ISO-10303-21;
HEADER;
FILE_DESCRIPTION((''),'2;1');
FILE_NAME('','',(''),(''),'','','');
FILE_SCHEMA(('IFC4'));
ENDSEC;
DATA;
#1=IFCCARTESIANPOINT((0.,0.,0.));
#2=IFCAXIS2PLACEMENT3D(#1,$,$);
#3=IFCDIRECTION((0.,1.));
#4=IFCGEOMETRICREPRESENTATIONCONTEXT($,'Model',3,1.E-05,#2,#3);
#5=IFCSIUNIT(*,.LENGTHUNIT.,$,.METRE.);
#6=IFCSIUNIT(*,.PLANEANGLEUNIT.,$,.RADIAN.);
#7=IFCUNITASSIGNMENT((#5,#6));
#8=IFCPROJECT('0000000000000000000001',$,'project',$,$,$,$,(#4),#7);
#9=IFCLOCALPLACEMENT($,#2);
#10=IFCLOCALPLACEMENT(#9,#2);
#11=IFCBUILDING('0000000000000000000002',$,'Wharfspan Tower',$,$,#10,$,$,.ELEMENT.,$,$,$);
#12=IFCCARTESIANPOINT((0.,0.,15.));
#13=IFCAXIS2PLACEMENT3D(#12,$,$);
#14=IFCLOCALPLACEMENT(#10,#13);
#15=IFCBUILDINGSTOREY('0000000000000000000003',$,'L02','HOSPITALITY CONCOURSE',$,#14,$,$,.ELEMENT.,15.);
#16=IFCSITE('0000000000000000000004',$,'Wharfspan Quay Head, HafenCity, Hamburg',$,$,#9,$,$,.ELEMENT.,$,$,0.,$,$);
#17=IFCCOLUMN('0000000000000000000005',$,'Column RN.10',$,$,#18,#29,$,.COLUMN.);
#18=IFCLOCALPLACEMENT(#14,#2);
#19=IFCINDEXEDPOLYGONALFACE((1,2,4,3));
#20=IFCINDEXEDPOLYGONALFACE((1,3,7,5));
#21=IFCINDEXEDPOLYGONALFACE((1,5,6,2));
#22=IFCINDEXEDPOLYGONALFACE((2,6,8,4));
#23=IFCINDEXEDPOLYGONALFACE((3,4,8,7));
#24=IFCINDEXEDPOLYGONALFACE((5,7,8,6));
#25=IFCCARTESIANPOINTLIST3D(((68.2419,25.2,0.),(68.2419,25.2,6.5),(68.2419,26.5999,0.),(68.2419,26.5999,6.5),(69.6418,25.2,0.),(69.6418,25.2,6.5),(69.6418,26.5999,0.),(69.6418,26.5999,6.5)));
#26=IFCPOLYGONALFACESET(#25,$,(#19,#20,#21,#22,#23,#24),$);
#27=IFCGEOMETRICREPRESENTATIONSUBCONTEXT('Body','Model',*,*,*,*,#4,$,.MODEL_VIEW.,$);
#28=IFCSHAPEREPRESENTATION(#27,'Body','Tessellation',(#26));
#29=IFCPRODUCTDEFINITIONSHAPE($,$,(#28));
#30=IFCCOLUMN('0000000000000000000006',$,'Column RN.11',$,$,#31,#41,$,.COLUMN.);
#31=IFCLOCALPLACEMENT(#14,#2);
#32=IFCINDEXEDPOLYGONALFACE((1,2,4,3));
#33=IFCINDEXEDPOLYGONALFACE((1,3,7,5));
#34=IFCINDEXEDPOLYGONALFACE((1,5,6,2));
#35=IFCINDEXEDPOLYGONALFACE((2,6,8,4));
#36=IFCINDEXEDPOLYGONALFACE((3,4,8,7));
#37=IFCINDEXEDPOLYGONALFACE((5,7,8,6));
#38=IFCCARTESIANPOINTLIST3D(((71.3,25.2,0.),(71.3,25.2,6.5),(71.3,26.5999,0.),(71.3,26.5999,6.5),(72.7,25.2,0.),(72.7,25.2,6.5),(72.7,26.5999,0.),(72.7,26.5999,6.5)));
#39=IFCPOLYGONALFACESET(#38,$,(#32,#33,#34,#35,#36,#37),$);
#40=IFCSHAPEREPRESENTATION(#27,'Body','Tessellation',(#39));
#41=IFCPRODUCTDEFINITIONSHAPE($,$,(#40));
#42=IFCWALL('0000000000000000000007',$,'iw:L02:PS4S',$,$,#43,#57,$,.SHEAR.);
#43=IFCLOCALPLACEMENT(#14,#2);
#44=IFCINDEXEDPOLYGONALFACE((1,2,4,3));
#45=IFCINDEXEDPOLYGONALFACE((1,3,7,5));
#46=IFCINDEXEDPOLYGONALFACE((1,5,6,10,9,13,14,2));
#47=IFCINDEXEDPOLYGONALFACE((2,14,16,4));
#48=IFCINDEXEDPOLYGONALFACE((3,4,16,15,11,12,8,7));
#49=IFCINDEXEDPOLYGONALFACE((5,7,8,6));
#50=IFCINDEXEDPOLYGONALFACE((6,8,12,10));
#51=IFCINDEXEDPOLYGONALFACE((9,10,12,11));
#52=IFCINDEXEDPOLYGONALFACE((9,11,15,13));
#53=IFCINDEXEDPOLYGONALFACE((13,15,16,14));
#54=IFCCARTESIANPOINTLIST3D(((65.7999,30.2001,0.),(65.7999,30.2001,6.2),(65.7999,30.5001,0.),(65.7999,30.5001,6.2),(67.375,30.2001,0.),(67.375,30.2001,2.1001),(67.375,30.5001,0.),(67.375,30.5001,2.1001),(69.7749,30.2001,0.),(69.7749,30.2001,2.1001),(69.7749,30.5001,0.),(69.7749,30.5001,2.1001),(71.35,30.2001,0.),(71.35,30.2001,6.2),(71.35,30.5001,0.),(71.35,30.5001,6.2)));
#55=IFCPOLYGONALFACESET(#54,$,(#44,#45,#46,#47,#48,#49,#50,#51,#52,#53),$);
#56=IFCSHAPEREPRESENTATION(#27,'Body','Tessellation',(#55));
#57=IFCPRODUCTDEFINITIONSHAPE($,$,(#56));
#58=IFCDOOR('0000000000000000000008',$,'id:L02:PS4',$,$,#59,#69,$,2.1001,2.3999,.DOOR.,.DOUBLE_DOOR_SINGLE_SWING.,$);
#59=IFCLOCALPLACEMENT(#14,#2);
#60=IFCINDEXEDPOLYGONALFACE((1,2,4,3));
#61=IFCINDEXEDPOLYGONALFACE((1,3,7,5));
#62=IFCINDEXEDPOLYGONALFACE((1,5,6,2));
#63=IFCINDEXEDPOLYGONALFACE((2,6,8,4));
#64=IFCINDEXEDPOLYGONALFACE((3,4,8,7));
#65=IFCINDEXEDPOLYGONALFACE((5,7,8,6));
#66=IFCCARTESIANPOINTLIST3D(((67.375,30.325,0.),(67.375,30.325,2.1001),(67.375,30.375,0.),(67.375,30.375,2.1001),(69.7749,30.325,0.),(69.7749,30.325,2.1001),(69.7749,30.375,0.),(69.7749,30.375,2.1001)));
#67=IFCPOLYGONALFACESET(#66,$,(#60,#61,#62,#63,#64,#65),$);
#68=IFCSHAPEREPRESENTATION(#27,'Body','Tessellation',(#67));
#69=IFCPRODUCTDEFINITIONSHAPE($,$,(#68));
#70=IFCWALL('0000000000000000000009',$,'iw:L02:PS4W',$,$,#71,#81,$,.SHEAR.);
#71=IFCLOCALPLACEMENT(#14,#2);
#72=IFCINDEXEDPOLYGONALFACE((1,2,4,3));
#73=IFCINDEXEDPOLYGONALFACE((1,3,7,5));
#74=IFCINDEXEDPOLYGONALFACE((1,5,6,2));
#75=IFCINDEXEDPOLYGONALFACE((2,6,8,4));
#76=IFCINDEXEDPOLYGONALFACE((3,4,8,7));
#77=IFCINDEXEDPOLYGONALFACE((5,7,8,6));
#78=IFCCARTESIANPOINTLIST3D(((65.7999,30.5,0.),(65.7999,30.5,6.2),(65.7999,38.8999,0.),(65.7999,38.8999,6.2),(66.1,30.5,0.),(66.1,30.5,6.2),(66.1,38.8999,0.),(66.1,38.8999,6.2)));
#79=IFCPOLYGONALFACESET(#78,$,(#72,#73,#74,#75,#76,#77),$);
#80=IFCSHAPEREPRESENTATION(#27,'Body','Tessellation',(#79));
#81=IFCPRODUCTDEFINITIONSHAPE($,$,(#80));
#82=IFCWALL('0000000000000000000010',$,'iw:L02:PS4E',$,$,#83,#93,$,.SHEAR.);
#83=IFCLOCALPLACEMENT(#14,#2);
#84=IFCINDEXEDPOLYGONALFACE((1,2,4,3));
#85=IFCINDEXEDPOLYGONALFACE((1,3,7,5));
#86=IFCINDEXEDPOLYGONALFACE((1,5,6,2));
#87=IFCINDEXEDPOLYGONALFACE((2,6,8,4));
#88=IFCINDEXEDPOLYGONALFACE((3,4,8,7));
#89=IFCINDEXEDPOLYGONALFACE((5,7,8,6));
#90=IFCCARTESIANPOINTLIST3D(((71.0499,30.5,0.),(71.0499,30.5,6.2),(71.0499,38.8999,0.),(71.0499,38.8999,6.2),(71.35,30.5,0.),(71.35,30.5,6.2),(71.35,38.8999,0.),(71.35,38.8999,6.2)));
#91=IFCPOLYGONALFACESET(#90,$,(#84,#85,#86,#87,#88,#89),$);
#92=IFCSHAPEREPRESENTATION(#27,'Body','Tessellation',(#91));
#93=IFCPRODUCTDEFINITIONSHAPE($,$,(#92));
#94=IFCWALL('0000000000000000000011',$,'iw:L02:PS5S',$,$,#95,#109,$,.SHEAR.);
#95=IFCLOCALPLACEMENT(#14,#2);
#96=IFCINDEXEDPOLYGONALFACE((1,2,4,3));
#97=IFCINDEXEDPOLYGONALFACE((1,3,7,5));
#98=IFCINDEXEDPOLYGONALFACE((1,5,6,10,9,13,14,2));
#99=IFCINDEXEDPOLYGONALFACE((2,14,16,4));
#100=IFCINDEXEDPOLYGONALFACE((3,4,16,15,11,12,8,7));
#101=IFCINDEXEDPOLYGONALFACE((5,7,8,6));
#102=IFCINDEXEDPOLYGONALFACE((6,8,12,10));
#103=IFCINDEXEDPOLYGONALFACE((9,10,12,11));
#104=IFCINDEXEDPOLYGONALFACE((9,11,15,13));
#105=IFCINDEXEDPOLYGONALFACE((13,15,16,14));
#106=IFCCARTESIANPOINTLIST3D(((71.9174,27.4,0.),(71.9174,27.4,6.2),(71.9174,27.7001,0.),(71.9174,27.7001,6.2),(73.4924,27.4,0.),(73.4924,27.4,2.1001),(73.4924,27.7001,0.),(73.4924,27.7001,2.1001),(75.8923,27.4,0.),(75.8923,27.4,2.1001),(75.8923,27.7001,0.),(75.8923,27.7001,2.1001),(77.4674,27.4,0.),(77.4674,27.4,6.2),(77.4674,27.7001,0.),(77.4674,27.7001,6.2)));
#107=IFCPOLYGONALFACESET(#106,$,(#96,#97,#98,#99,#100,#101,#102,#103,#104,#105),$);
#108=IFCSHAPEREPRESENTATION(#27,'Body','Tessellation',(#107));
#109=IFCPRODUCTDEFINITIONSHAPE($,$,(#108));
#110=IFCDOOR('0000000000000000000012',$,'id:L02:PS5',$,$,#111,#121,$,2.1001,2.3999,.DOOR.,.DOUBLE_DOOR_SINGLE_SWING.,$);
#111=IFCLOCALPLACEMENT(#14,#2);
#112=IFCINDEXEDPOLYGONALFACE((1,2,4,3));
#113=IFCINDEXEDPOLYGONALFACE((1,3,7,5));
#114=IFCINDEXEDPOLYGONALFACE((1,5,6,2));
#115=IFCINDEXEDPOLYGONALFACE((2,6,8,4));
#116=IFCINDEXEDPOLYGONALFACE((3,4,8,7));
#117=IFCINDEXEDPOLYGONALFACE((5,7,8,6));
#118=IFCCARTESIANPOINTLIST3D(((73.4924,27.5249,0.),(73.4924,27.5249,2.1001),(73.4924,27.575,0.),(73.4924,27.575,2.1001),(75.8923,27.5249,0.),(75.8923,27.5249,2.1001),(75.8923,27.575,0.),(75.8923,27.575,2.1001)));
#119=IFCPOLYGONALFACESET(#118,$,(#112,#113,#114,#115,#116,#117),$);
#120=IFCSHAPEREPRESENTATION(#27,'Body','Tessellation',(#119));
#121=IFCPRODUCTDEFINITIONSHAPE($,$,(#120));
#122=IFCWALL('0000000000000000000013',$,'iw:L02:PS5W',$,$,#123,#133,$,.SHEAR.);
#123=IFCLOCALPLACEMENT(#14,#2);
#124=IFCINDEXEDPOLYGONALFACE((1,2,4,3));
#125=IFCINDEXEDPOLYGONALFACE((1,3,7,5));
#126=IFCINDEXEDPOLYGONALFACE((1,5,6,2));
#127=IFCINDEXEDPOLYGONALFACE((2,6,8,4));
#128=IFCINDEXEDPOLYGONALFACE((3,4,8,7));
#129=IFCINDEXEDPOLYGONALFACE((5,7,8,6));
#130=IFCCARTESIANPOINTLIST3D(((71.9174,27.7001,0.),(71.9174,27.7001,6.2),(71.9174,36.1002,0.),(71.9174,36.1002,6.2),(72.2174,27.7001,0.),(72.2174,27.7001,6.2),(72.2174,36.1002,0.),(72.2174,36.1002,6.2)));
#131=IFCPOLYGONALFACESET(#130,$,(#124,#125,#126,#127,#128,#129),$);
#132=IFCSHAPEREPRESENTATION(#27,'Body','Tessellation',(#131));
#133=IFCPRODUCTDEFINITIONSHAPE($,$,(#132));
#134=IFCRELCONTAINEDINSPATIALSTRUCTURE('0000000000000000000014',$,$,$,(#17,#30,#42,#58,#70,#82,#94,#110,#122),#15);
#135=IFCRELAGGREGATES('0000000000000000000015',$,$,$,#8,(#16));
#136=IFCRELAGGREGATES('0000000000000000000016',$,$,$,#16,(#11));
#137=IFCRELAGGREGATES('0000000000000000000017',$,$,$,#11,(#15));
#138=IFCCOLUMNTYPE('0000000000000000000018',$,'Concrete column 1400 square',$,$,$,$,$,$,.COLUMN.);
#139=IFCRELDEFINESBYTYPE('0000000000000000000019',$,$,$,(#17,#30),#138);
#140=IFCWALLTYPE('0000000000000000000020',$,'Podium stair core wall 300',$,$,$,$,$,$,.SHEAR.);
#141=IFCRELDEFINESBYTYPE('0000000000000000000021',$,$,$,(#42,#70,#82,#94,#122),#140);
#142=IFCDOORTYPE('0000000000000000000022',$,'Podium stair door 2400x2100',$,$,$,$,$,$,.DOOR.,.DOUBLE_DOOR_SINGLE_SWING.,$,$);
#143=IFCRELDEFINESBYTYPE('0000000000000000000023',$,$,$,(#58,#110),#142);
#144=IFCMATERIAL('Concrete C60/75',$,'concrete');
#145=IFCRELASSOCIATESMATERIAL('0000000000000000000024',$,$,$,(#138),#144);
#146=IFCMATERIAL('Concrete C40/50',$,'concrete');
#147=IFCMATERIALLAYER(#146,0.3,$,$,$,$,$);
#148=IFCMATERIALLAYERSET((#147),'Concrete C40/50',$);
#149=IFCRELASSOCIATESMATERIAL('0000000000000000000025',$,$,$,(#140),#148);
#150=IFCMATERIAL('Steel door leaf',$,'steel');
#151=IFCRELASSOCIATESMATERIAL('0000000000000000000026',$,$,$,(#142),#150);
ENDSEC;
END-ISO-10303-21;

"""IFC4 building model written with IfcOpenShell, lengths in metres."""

from ifc_helpers import new_model, si_unit, direction, frame, frame_2d, origin, origin_2d, place, context, subcontext, project, spatial, rectangle, extrude, material, layer, layer_set, material_profile, profile_set, type_object, element, fill, save


model = new_model("IFC4")

# Units and contexts
model_context = context("Model", 3, precision=1e-05, world=origin(), true_north=direction((0.0, 1.0)))
body_context = subcontext(model_context, "Body", "Model", "MODEL_VIEW")
ifc_project = project(units=[si_unit("LENGTHUNIT", "METRE"), si_unit("PLANEANGLEUNIT", "RADIAN")], contexts=[model_context])

# Site, building, storey
site_placement = place(None, origin())
site = spatial("IfcSite", under=ifc_project, at=site_placement, Name="Wharfspan Quay Head, HafenCity, Hamburg", CompositionType="ELEMENT", RefElevation=0.0)
building_placement = place(site_placement, origin())
building = spatial("IfcBuilding", under=site, at=building_placement, Name="Wharfspan Tower", CompositionType="ELEMENT")
storey_placement = place(building_placement, frame((0.0, 0.0, 15.0)))
storey = spatial("IfcBuildingStorey", under=building, at=storey_placement, Name="L02", Description="HOSPITALITY CONCOURSE", CompositionType="ELEMENT", Elevation=15.0)

# Columns
ifc_material_1 = material(Name="Concrete C60/75", Category="concrete")
ifc_material_profile = material_profile(ifc_material_1, rectangle(XDim=1.3999, YDim=1.3999, at=origin_2d()))
ifc_profile_set = profile_set([ifc_material_profile], Name="Concrete C60/75")
column_type = type_object("IfcColumnType", Name="Concrete column 1400 square", PredefinedType="COLUMN", material=ifc_profile_set)
for number, where, z_axis, x_axis, name in (
    (1, (68.9419, 25.8999, 0.0), (0.0, 0.0, 1.0), (1.0, 0.0, 0.0), "Column RN.10"),
    (2, (72.0, 25.8999, 0.0), (0.0, 0.0, 1.0), (1.0, 0.0, 0.0), "Column RN.11"),
):
    element("IfcColumn", number, at=place(storey_placement, frame(where, z_axis=z_axis, x_axis=x_axis)), inside=storey, type_object=column_type, Name=name, PredefinedType="COLUMN", context=body_context, shape_type="SweptSolid", body=[
        extrude(rectangle(XDim=1.3999, YDim=1.3999, at=origin_2d()), origin(), (0.0, 0.0, 1.0), 6.5),
    ])

# Wall, opening, door
ifc_material_2 = material(Name="Concrete C40/50", Category="concrete")
ifc_layer = layer(ifc_material_2, 0.3)
ifc_layer_set = layer_set([ifc_layer], Name="Concrete C40/50")
wall_type = type_object("IfcWallType", Name="Podium stair core wall 300", PredefinedType="SHEAR", material=ifc_layer_set)
wall_1_placement = place(storey_placement, frame((65.8, 30.3501, 0.0), z_axis=(0.0, 0.0, 1.0), x_axis=(1.0, 0.0, 0.0)))
wall_1 = element("IfcWall", 3, at=wall_1_placement, inside=storey, type_object=wall_type, Name="iw:L02:PS4S", PredefinedType="SHEAR", context=body_context, shape_type="SweptSolid", body=[
    extrude(rectangle(XDim=5.55, YDim=0.3, at=frame_2d((2.7749, 0.0))), origin(), (0.0, 0.0, 1.0), 6.2),
])
opening_1_placement = place(wall_1_placement, frame((1.575, 0.0, 0.0)))
opening_1 = element("IfcOpeningElement", 4, at=opening_1_placement, cuts=wall_1, PredefinedType="OPENING", context=body_context, shape_type="SweptSolid", body=[
    extrude(rectangle(XDim=2.3999, YDim=2.1001, at=frame_2d((1.2, 1.05))), frame((0.0, 0.1599, 0.0), z_axis=(0.0, -1.0, 0.0), x_axis=(1.0, 0.0, 0.0)), (0.0, 0.0, 1.0), 0.3201),
])
ifc_material_3 = material(Name="Steel door leaf", Category="steel")
door_type = type_object("IfcDoorType", Name="Podium stair door 2400x2100", OperationType="DOUBLE_DOOR_SINGLE_SWING", PredefinedType="DOOR", material=ifc_material_3)
door_1_placement = place(opening_1_placement, origin())
door_1 = element("IfcDoor", 5, at=door_1_placement, inside=storey, type_object=door_type, Name="id:L02:PS4", OperationType="DOUBLE_DOOR_SINGLE_SWING", OverallHeight=2.1001, OverallWidth=2.3999, PredefinedType="DOOR", context=body_context, shape_type="SweptSolid", body=[
    extrude(rectangle(XDim=2.3999, YDim=2.1001, at=frame_2d((1.2, 1.05))), frame((0.0, 0.0249, 0.0), z_axis=(0.0, -1.0, 0.0), x_axis=(1.0, 0.0, 0.0)), (0.0, 0.0, 1.0), 0.05),
])
fill(opening_1, door_1)

# Walls
for number, where, z_axis, x_axis, name in (
    (6, (65.95, 30.5, 0.0), (0.0, 0.0, 1.0), (0.0, 1.0, 0.0), "iw:L02:PS4W"),
    (7, (71.2, 30.5, 0.0), (0.0, 0.0, 1.0), (0.0, 1.0, 0.0), "iw:L02:PS4E"),
):
    element("IfcWall", number, at=place(storey_placement, frame(where, z_axis=z_axis, x_axis=x_axis)), inside=storey, type_object=wall_type, Name=name, PredefinedType="SHEAR", context=body_context, shape_type="SweptSolid", body=[
        extrude(rectangle(XDim=8.3999, YDim=0.3, at=frame_2d((4.2, 0.0))), origin(), (0.0, 0.0, 1.0), 6.2),
    ])

# Wall, opening, door
wall_2_placement = place(storey_placement, frame((71.9175, 27.55, 0.0), z_axis=(0.0, 0.0, 1.0), x_axis=(1.0, 0.0, 0.0)))
wall_2 = element("IfcWall", 8, at=wall_2_placement, inside=storey, type_object=wall_type, Name="iw:L02:PS5S", PredefinedType="SHEAR", context=body_context, shape_type="SweptSolid", body=[
    extrude(rectangle(XDim=5.55, YDim=0.3, at=frame_2d((2.7749, 0.0))), origin(), (0.0, 0.0, 1.0), 6.2),
])
opening_2_placement = place(wall_2_placement, frame((1.575, 0.0, 0.0)))
opening_2 = element("IfcOpeningElement", 9, at=opening_2_placement, cuts=wall_2, PredefinedType="OPENING", context=body_context, shape_type="SweptSolid", body=[
    extrude(rectangle(XDim=2.3999, YDim=2.1001, at=frame_2d((1.2, 1.05))), frame((0.0, 0.1599, 0.0), z_axis=(0.0, -1.0, 0.0), x_axis=(1.0, 0.0, 0.0)), (0.0, 0.0, 1.0), 0.3201),
])
door_2_placement = place(opening_2_placement, origin())
door_2 = element("IfcDoor", 10, at=door_2_placement, inside=storey, type_object=door_type, Name="id:L02:PS5", OperationType="DOUBLE_DOOR_SINGLE_SWING", OverallHeight=2.1001, OverallWidth=2.3999, PredefinedType="DOOR", context=body_context, shape_type="SweptSolid", body=[
    extrude(rectangle(XDim=2.3999, YDim=2.1001, at=frame_2d((1.2, 1.05))), frame((0.0, 0.0249, 0.0), z_axis=(0.0, -1.0, 0.0), x_axis=(1.0, 0.0, 0.0)), (0.0, 0.0, 1.0), 0.05),
])
fill(opening_2, door_2)

# Wall
wall_3_placement = place(storey_placement, frame((72.0674, 27.7, 0.0), z_axis=(0.0, 0.0, 1.0), x_axis=(0.0, 1.0, 0.0)))
element("IfcWall", 11, at=wall_3_placement, inside=storey, type_object=wall_type, Name="iw:L02:PS5W", PredefinedType="SHEAR", context=body_context, shape_type="SweptSolid", body=[
    extrude(rectangle(XDim=8.4001, YDim=0.3, at=frame_2d((4.2002, 0.0))), origin(), (0.0, 0.0, 1.0), 6.2),
])

save(model, "model.ifc")
